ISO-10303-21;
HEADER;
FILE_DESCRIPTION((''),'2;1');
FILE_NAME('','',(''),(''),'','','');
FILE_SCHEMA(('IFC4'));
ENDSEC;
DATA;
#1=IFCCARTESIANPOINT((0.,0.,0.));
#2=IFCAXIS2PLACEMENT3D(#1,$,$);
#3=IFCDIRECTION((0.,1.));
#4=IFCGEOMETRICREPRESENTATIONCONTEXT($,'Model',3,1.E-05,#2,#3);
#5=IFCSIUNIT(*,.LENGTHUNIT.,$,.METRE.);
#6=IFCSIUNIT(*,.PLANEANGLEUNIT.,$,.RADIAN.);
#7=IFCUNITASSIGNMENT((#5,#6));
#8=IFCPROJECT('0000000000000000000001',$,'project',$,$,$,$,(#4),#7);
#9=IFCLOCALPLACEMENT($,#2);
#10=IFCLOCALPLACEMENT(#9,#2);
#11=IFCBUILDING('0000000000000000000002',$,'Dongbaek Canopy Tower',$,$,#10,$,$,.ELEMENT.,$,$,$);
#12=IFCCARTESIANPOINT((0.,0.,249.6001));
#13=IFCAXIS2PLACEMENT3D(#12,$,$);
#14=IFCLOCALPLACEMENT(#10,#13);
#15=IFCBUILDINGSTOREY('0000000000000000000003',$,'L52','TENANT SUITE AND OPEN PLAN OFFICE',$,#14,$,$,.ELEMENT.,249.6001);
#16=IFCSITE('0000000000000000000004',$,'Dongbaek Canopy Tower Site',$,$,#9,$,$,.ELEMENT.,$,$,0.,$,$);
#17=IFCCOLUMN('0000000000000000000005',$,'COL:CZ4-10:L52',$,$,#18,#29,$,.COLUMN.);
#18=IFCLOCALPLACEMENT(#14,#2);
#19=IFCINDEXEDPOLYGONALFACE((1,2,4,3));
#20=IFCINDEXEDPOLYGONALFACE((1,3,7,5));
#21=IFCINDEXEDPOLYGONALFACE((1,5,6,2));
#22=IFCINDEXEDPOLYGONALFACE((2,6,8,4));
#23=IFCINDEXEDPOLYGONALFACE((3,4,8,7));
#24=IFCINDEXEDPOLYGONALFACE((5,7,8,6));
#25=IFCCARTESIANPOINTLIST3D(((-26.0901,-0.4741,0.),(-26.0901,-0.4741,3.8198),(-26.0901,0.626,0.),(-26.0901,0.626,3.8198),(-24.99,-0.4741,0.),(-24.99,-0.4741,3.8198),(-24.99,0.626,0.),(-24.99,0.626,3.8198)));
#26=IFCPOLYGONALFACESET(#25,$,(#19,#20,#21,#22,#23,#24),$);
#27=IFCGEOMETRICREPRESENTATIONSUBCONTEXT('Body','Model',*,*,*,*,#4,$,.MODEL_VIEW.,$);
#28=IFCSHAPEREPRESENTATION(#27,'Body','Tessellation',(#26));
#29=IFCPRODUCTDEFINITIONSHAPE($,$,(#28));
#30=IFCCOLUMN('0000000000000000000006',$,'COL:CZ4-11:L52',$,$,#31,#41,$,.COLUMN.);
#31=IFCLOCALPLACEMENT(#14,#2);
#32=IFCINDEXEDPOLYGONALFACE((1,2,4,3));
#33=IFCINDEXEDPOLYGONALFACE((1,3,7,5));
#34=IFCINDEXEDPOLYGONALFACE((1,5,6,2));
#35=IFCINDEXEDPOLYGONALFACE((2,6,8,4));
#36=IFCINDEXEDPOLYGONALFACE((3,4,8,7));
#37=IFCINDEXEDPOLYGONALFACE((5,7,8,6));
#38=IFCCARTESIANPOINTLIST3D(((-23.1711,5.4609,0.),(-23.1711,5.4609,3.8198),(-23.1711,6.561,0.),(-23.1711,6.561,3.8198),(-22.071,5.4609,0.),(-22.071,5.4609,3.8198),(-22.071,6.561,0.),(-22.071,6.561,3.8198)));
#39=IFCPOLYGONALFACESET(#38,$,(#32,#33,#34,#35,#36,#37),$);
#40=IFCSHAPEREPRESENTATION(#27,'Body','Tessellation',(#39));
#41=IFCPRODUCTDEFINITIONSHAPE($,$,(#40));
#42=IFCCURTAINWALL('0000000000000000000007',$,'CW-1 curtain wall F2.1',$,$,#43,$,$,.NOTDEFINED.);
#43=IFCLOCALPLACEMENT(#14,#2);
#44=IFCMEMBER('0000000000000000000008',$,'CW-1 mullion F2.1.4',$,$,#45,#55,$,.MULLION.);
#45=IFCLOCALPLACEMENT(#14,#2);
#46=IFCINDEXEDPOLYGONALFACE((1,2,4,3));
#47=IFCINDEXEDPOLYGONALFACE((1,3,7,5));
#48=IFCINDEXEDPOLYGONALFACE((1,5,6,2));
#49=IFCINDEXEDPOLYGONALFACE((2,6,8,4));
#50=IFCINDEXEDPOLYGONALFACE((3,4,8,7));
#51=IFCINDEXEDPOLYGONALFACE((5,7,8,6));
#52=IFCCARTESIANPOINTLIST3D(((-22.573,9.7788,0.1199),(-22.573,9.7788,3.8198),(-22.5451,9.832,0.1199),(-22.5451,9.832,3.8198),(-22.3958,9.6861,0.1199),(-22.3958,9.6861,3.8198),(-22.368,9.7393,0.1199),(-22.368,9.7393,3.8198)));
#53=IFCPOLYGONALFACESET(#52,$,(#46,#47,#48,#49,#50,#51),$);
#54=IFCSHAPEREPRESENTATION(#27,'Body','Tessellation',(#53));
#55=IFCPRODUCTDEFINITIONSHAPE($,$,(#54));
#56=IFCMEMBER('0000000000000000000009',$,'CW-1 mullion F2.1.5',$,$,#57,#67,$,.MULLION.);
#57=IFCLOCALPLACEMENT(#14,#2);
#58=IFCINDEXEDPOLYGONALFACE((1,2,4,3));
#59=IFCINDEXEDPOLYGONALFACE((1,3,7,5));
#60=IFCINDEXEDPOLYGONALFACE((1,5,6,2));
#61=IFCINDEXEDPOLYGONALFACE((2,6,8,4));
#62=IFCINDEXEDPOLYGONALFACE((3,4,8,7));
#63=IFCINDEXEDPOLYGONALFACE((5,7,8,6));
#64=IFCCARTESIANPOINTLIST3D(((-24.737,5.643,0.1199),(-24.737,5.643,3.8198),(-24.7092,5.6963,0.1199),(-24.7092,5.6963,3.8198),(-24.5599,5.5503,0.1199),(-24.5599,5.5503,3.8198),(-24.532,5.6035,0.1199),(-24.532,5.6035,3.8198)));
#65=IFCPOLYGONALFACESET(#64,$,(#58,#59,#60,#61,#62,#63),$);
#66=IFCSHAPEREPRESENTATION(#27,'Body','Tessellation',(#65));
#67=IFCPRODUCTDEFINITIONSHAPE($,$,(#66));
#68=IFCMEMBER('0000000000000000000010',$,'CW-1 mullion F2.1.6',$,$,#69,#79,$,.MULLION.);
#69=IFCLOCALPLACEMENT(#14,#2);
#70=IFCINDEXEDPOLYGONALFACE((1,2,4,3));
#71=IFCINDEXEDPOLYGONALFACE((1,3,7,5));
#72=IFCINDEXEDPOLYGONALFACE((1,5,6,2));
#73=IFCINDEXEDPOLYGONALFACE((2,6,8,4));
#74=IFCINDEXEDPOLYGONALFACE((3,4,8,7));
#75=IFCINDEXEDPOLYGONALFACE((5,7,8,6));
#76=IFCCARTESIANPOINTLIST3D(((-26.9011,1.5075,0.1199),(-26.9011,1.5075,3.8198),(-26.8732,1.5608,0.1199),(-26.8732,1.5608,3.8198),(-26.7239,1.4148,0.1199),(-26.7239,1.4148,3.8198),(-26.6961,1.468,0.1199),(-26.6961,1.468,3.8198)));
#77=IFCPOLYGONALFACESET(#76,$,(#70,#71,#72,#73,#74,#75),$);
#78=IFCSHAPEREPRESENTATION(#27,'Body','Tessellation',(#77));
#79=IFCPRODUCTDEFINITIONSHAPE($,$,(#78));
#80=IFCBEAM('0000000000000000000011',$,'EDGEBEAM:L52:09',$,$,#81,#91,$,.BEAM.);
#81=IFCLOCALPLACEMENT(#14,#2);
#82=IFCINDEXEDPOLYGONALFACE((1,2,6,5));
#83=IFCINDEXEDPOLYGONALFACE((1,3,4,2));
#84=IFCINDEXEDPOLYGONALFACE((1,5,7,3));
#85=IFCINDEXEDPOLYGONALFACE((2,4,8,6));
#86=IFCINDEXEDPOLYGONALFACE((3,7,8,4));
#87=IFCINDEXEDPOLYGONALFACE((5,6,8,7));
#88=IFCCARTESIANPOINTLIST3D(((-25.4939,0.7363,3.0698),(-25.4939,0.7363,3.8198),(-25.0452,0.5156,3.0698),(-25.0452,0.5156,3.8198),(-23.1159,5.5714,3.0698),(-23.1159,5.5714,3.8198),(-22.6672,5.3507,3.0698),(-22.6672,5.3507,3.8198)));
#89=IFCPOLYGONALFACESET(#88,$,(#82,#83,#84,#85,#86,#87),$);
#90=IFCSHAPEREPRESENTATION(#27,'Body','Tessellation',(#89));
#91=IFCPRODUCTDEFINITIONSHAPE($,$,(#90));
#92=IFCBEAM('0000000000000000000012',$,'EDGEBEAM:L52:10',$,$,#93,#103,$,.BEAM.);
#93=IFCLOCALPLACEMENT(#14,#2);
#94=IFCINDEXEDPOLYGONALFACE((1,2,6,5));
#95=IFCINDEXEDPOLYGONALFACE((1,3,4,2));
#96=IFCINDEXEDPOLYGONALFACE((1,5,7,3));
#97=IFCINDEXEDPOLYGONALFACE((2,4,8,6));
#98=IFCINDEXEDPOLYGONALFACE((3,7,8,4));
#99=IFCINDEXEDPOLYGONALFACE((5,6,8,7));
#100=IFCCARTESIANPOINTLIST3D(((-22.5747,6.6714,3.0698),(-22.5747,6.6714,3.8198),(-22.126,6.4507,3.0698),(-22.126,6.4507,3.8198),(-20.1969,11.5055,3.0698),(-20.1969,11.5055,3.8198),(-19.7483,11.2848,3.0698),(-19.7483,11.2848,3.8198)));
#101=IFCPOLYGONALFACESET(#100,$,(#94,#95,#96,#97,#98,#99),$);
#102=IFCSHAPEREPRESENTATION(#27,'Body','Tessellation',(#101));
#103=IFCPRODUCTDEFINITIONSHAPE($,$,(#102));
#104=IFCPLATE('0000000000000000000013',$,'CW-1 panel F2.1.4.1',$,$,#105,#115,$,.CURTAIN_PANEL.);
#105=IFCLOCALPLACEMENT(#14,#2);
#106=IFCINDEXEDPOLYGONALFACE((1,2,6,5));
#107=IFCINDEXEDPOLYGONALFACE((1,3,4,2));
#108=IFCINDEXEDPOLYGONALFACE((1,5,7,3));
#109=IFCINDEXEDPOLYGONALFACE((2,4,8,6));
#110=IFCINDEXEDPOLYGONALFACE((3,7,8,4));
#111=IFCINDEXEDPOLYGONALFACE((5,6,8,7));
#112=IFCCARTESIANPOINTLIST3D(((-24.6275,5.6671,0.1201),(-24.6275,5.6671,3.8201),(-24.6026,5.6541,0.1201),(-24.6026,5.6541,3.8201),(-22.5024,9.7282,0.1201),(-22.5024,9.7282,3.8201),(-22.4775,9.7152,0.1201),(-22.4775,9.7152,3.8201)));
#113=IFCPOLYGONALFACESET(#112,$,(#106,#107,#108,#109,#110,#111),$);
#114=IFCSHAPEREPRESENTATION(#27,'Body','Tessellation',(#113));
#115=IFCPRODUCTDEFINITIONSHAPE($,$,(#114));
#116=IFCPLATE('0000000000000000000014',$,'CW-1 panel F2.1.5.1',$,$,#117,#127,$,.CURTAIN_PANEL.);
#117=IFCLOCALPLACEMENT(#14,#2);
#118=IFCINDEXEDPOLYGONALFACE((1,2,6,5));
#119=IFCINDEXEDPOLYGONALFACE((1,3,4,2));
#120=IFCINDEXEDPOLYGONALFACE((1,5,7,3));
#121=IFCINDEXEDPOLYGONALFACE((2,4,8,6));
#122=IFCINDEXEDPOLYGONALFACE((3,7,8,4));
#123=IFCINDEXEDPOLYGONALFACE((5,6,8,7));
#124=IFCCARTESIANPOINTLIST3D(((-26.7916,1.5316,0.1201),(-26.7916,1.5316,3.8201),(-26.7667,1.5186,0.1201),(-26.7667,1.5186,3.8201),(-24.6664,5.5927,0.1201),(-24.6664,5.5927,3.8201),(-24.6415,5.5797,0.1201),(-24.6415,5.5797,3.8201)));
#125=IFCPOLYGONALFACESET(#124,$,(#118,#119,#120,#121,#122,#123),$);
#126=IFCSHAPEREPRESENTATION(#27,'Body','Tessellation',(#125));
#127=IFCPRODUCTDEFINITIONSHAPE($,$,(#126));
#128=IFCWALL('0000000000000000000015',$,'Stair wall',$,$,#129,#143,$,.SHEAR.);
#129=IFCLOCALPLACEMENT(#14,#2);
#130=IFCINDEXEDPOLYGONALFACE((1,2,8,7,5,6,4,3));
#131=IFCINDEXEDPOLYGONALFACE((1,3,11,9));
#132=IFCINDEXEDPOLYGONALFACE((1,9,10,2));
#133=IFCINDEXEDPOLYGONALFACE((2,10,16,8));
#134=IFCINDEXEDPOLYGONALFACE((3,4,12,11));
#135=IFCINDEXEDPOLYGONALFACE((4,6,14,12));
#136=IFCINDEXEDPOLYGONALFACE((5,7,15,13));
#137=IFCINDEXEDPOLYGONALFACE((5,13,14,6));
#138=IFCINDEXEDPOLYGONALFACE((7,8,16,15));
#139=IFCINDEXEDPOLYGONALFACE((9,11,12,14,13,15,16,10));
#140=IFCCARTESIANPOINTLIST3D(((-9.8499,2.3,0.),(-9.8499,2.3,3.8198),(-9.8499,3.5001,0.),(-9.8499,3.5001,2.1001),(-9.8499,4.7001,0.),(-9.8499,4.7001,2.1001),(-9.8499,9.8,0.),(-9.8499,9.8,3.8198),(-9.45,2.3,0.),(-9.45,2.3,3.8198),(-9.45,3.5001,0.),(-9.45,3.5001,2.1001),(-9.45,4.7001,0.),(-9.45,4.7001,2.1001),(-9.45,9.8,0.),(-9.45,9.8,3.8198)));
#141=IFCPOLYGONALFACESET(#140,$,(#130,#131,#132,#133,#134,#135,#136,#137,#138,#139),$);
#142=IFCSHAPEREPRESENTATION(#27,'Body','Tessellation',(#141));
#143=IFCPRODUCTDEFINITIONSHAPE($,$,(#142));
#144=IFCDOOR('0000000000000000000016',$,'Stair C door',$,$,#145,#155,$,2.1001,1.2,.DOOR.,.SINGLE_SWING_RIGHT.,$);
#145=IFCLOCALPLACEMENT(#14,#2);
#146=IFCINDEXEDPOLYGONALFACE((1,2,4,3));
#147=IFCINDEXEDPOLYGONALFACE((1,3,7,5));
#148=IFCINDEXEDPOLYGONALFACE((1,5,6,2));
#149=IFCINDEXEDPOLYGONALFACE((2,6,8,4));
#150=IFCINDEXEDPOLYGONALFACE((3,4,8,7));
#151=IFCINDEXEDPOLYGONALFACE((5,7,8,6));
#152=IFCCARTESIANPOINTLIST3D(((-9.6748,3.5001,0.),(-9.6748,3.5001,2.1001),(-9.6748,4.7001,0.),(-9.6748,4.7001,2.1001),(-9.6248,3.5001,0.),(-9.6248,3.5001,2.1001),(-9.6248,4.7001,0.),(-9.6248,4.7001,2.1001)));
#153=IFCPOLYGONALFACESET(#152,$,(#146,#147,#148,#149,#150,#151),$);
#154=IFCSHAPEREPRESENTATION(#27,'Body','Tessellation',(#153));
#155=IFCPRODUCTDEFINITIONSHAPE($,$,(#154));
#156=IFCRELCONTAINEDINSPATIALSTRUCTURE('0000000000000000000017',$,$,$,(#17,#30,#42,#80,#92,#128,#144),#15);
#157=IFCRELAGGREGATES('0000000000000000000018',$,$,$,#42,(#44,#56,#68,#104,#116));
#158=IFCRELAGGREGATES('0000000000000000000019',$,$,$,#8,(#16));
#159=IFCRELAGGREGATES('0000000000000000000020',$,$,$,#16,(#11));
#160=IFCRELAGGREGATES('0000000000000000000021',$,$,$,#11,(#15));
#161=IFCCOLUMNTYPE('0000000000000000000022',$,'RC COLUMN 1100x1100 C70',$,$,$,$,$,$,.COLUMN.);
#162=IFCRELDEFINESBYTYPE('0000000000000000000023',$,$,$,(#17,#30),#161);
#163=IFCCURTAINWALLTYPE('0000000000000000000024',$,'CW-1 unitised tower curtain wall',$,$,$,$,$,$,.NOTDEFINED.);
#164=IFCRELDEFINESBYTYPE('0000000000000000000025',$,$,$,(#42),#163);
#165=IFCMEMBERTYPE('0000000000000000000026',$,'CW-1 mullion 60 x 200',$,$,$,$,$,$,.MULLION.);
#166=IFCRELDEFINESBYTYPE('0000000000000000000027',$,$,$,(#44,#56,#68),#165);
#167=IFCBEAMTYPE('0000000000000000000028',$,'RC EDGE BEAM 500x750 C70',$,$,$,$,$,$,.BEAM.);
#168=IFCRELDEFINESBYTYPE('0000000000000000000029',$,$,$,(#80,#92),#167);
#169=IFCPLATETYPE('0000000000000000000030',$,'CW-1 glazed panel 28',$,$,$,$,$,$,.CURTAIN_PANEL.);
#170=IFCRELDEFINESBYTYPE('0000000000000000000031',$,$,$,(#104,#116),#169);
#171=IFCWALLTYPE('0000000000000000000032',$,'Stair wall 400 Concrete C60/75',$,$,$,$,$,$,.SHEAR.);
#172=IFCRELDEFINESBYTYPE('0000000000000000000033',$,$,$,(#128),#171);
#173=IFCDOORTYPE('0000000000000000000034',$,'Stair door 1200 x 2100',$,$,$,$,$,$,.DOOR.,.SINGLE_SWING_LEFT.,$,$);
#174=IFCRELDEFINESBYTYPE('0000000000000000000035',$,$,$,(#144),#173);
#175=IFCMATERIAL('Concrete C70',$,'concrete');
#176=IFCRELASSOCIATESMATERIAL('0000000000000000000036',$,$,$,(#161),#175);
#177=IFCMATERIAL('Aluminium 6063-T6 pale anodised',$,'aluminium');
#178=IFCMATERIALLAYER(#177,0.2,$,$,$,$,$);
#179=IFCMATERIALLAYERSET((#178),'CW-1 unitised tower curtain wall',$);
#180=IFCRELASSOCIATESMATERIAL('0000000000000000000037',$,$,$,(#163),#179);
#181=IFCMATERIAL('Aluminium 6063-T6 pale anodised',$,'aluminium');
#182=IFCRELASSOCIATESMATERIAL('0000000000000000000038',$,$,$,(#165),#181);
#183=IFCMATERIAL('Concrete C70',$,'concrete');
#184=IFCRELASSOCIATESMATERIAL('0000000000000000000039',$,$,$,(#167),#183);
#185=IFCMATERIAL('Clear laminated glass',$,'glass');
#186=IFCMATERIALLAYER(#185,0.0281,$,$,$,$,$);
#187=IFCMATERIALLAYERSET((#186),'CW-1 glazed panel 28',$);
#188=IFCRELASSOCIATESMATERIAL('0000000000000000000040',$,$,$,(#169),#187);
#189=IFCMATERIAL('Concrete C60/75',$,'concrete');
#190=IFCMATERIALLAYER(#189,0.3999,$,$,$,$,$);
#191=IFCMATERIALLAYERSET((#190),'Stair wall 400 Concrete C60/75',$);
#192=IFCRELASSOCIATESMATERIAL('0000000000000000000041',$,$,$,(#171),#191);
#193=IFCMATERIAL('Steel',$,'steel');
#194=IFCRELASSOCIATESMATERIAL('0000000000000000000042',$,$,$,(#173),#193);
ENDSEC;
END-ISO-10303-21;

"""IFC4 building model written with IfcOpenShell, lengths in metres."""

from ifc_helpers import new_model, si_unit, direction, frame, frame_2d, origin, origin_2d, place, context, subcontext, project, spatial, rectangle, extrude, material, layer, layer_set, material_profile, profile_set, type_object, element, fill, aggregate, save


model = new_model("IFC4")

# Units and contexts
model_context = context("Model", 3, precision=1e-05, world=origin(), true_north=direction((0.0, 1.0)))
body_context = subcontext(model_context, "Body", "Model", "MODEL_VIEW")
ifc_project = project(units=[si_unit("LENGTHUNIT", "METRE"), si_unit("PLANEANGLEUNIT", "RADIAN")], contexts=[model_context])

# Site, building, storey
site_placement = place(None, origin())
site = spatial("IfcSite", under=ifc_project, at=site_placement, Name="Dongbaek Canopy Tower Site", CompositionType="ELEMENT", RefElevation=0.0)
building_placement = place(site_placement, origin())
building = spatial("IfcBuilding", under=site, at=building_placement, Name="Dongbaek Canopy Tower", CompositionType="ELEMENT")
storey_placement = place(building_placement, frame((0.0, 0.0, 249.6001)))
storey = spatial("IfcBuildingStorey", under=building, at=storey_placement, Name="L52", Description="TENANT SUITE AND OPEN PLAN OFFICE", CompositionType="ELEMENT", Elevation=249.6001)

# Columns
ifc_material_1 = material(Name="Concrete C70", Category="concrete")
ifc_material_profile_1 = material_profile(ifc_material_1, rectangle(XDim=1.1001, YDim=1.1001, at=origin_2d()), Name="RC COLUMN 1100x1100 C70")
ifc_profile_set_1 = profile_set([ifc_material_profile_1], Name="Concrete C70")
column_type = type_object("IfcColumnType", Name="RC COLUMN 1100x1100 C70", PredefinedType="COLUMN", material=ifc_profile_set_1)
for number, where, z_axis, x_axis, name in (
    (1, (-25.54, 0.0759, 0.0), (0.0, 0.0, 1.0), (1.0, 0.0, 0.0), "COL:CZ4-10:L52"),
    (2, (-22.6211, 6.011, 0.0), (0.0, 0.0, 1.0), (1.0, 0.0, 0.0), "COL:CZ4-11:L52"),
):
    element("IfcColumn", number, at=place(storey_placement, frame(where, z_axis=z_axis, x_axis=x_axis)), inside=storey, type_object=column_type, Name=name, PredefinedType="COLUMN", context=body_context, shape_type="SweptSolid", body=[
        extrude(rectangle(XDim=1.1001, YDim=1.1001, at=origin_2d()), origin(), (0.0, 0.0, 1.0), 3.8198),
    ])

# Curtain wall, members
ifc_material_2 = material(Name="Aluminium 6063-T6 pale anodised", Category="aluminium")
ifc_layer_1 = layer(ifc_material_2, 0.2)
ifc_layer_set_1 = layer_set([ifc_layer_1], Name="CW-1 unitised tower curtain wall")
curtain_wall_type = type_object("IfcCurtainWallType", Name="CW-1 unitised tower curtain wall", PredefinedType="NOTDEFINED", material=ifc_layer_set_1)
curtain_wall_placement = place(storey_placement, origin())
curtain_wall = element("IfcCurtainWall", 3, at=curtain_wall_placement, inside=storey, type_object=curtain_wall_type, Name="CW-1 curtain wall F2.1", PredefinedType="NOTDEFINED")
ifc_material_3 = material(Name="Aluminium 6063-T6 pale anodised", Category="aluminium")
ifc_material_profile_2 = material_profile(ifc_material_3, rectangle(XDim=0.2, YDim=0.0601, at=origin_2d()), Name="CW-1 mullion 60 x 200")
ifc_profile_set_2 = profile_set([ifc_material_profile_2], Name="Aluminium 6063-T6 pale anodised")
member_type = type_object("IfcMemberType", Name="CW-1 mullion 60 x 200", PredefinedType="MULLION", material=ifc_profile_set_2)
member_1_placement = place(storey_placement, frame((-22.4705, 9.759, 0.1199), z_axis=(0.0, 0.0, 1.0), x_axis=(-0.886019, 0.463649, 0.0)))
member_1 = element("IfcMember", 4, at=member_1_placement, type_object=member_type, Name="CW-1 mullion F2.1.4", PredefinedType="MULLION", context=body_context, shape_type="SweptSolid", body=[
    extrude(rectangle(XDim=0.2, YDim=0.0601, at=origin_2d()), origin(), (0.0, 0.0, 1.0), 3.7),
])
member_2_placement = place(storey_placement, frame((-24.6345, 5.6233, 0.1199), z_axis=(0.0, 0.0, 1.0), x_axis=(-0.886019, 0.463649, 0.0)))
member_2 = element("IfcMember", 5, at=member_2_placement, type_object=member_type, Name="CW-1 mullion F2.1.5", PredefinedType="MULLION", context=body_context, shape_type="SweptSolid", body=[
    extrude(rectangle(XDim=0.2, YDim=0.0601, at=origin_2d()), origin(), (0.0, 0.0, 1.0), 3.7),
])
member_3_placement = place(storey_placement, frame((-26.7986, 1.4878, 0.1199), z_axis=(0.0, 0.0, 1.0), x_axis=(-0.886019, 0.463649, 0.0)))
member_3 = element("IfcMember", 6, at=member_3_placement, type_object=member_type, Name="CW-1 mullion F2.1.6", PredefinedType="MULLION", context=body_context, shape_type="SweptSolid", body=[
    extrude(rectangle(XDim=0.2, YDim=0.0601, at=origin_2d()), origin(), (0.0, 0.0, 1.0), 3.7),
])

# Beams
ifc_material_4 = material(Name="Concrete C70", Category="concrete")
ifc_material_profile_3 = material_profile(ifc_material_4, rectangle(XDim=0.5, YDim=0.75, at=origin_2d()), Name="RC EDGE BEAM 500x750 C70")
ifc_profile_set_3 = profile_set([ifc_material_profile_3], Name="Concrete C70")
beam_type = type_object("IfcBeamType", Name="RC EDGE BEAM 500x750 C70", PredefinedType="BEAM", material=ifc_profile_set_3)
beam_1_placement = place(storey_placement, frame((-25.2695, 0.626, 3.4448), z_axis=(0.441332, 0.897344, 0.0), x_axis=(-0.897344, 0.441332, 0.0)))
element("IfcBeam", 7, at=beam_1_placement, inside=storey, type_object=beam_type, Name="EDGEBEAM:L52:09", PredefinedType="BEAM", context=body_context, shape_type="SweptSolid", body=[
    extrude(rectangle(XDim=0.5, YDim=0.75, at=origin_2d()), origin(), (0.0, 0.0, 1.0), 5.3882),
])
beam_2_placement = place(storey_placement, frame((-22.3503, 6.561, 3.4448), z_axis=(0.441367, 0.897327, 0.0), x_axis=(-0.897327, 0.441367, 0.0)))
element("IfcBeam", 8, at=beam_2_placement, inside=storey, type_object=beam_type, Name="EDGEBEAM:L52:10", PredefinedType="BEAM", context=body_context, shape_type="SweptSolid", body=[
    extrude(rectangle(XDim=0.5, YDim=0.75, at=origin_2d()), origin(), (0.0, 0.0, 1.0), 5.3872),
])

# Plates
ifc_material_5 = material(Name="Clear laminated glass", Category="glass")
ifc_layer_2 = layer(ifc_material_5, 0.0281)
ifc_layer_set_2 = layer_set([ifc_layer_2], Name="CW-1 glazed panel 28")
plate_type = type_object("IfcPlateType", Name="CW-1 glazed panel 28", PredefinedType="CURTAIN_PANEL", material=ifc_layer_set_2)
plate_1_placement = place(storey_placement, frame((-23.5525, 7.6912, 0.1201), z_axis=(0.0, 0.0, 1.0), x_axis=(-0.463649, -0.886019, 0.0)))
plate_1 = element("IfcPlate", 9, at=plate_1_placement, type_object=plate_type, Name="CW-1 panel F2.1.4.1", PredefinedType="CURTAIN_PANEL", context=body_context, shape_type="SweptSolid", body=[
    extrude(rectangle(XDim=4.5835, YDim=0.0281, at=origin_2d()), origin(), (0.0, 0.0, 1.0), 3.7),
])
plate_2_placement = place(storey_placement, frame((-25.7166, 3.5557, 0.1201), z_axis=(0.0, 0.0, 1.0), x_axis=(-0.463649, -0.886019, 0.0)))
plate_2 = element("IfcPlate", 10, at=plate_2_placement, type_object=plate_type, Name="CW-1 panel F2.1.5.1", PredefinedType="CURTAIN_PANEL", context=body_context, shape_type="SweptSolid", body=[
    extrude(rectangle(XDim=4.5835, YDim=0.0281, at=origin_2d()), origin(), (0.0, 0.0, 1.0), 3.7),
])

# Wall, opening, door
ifc_material_6 = material(Name="Concrete C60/75", Category="concrete")
ifc_layer_3 = layer(ifc_material_6, 0.3999)
ifc_layer_set_3 = layer_set([ifc_layer_3], Name="Stair wall 400 Concrete C60/75")
wall_type = type_object("IfcWallType", Name="Stair wall 400 Concrete C60/75", PredefinedType="SHEAR", material=ifc_layer_set_3)
wall_placement = place(storey_placement, frame((-9.6499, 2.3, 0.0), z_axis=(0.0, 0.0, 1.0), x_axis=(0.0, 1.0, 0.0)))
wall = element("IfcWall", 11, at=wall_placement, inside=storey, type_object=wall_type, Name="Stair wall", PredefinedType="SHEAR", context=body_context, shape_type="SweptSolid", body=[
    extrude(rectangle(XDim=7.5, YDim=0.3999, at=frame_2d((3.75, 0.0))), origin(), (0.0, 0.0, 1.0), 3.8198),
])
opening_placement = place(wall_placement, frame((1.2, 0.0, 0.0)))
opening = element("IfcOpeningElement", 12, at=opening_placement, cuts=wall, PredefinedType="OPENING", context=body_context, shape_type="SweptSolid", body=[
    extrude(rectangle(XDim=1.2, YDim=2.1001, at=frame_2d((0.6001, 1.05))), frame((0.0, 0.21, 0.0), z_axis=(0.0, -1.0, 0.0), x_axis=(1.0, 0.0, 0.0)), (0.0, 0.0, 1.0), 0.4199),
])
ifc_material_7 = material(Name="Steel", Category="steel")
door_type = type_object("IfcDoorType", Name="Stair door 1200 x 2100", OperationType="SINGLE_SWING_LEFT", PredefinedType="DOOR", material=ifc_material_7)
door_placement = place(opening_placement, origin())
door = element("IfcDoor", 13, at=door_placement, inside=storey, type_object=door_type, Name="Stair C door", OperationType="SINGLE_SWING_RIGHT", OverallHeight=2.1001, OverallWidth=1.2, PredefinedType="DOOR", context=body_context, shape_type="SweptSolid", body=[
    extrude(rectangle(XDim=1.2, YDim=2.1001, at=frame_2d((0.6001, 1.05))), frame((0.0, 0.0249, 0.0), z_axis=(0.0, -1.0, 0.0), x_axis=(1.0, 0.0, 0.0)), (0.0, 0.0, 1.0), 0.05),
])
fill(opening, door)

aggregate(curtain_wall, [member_1, member_2, member_3, plate_1, plate_2])

save(model, "model.ifc")
